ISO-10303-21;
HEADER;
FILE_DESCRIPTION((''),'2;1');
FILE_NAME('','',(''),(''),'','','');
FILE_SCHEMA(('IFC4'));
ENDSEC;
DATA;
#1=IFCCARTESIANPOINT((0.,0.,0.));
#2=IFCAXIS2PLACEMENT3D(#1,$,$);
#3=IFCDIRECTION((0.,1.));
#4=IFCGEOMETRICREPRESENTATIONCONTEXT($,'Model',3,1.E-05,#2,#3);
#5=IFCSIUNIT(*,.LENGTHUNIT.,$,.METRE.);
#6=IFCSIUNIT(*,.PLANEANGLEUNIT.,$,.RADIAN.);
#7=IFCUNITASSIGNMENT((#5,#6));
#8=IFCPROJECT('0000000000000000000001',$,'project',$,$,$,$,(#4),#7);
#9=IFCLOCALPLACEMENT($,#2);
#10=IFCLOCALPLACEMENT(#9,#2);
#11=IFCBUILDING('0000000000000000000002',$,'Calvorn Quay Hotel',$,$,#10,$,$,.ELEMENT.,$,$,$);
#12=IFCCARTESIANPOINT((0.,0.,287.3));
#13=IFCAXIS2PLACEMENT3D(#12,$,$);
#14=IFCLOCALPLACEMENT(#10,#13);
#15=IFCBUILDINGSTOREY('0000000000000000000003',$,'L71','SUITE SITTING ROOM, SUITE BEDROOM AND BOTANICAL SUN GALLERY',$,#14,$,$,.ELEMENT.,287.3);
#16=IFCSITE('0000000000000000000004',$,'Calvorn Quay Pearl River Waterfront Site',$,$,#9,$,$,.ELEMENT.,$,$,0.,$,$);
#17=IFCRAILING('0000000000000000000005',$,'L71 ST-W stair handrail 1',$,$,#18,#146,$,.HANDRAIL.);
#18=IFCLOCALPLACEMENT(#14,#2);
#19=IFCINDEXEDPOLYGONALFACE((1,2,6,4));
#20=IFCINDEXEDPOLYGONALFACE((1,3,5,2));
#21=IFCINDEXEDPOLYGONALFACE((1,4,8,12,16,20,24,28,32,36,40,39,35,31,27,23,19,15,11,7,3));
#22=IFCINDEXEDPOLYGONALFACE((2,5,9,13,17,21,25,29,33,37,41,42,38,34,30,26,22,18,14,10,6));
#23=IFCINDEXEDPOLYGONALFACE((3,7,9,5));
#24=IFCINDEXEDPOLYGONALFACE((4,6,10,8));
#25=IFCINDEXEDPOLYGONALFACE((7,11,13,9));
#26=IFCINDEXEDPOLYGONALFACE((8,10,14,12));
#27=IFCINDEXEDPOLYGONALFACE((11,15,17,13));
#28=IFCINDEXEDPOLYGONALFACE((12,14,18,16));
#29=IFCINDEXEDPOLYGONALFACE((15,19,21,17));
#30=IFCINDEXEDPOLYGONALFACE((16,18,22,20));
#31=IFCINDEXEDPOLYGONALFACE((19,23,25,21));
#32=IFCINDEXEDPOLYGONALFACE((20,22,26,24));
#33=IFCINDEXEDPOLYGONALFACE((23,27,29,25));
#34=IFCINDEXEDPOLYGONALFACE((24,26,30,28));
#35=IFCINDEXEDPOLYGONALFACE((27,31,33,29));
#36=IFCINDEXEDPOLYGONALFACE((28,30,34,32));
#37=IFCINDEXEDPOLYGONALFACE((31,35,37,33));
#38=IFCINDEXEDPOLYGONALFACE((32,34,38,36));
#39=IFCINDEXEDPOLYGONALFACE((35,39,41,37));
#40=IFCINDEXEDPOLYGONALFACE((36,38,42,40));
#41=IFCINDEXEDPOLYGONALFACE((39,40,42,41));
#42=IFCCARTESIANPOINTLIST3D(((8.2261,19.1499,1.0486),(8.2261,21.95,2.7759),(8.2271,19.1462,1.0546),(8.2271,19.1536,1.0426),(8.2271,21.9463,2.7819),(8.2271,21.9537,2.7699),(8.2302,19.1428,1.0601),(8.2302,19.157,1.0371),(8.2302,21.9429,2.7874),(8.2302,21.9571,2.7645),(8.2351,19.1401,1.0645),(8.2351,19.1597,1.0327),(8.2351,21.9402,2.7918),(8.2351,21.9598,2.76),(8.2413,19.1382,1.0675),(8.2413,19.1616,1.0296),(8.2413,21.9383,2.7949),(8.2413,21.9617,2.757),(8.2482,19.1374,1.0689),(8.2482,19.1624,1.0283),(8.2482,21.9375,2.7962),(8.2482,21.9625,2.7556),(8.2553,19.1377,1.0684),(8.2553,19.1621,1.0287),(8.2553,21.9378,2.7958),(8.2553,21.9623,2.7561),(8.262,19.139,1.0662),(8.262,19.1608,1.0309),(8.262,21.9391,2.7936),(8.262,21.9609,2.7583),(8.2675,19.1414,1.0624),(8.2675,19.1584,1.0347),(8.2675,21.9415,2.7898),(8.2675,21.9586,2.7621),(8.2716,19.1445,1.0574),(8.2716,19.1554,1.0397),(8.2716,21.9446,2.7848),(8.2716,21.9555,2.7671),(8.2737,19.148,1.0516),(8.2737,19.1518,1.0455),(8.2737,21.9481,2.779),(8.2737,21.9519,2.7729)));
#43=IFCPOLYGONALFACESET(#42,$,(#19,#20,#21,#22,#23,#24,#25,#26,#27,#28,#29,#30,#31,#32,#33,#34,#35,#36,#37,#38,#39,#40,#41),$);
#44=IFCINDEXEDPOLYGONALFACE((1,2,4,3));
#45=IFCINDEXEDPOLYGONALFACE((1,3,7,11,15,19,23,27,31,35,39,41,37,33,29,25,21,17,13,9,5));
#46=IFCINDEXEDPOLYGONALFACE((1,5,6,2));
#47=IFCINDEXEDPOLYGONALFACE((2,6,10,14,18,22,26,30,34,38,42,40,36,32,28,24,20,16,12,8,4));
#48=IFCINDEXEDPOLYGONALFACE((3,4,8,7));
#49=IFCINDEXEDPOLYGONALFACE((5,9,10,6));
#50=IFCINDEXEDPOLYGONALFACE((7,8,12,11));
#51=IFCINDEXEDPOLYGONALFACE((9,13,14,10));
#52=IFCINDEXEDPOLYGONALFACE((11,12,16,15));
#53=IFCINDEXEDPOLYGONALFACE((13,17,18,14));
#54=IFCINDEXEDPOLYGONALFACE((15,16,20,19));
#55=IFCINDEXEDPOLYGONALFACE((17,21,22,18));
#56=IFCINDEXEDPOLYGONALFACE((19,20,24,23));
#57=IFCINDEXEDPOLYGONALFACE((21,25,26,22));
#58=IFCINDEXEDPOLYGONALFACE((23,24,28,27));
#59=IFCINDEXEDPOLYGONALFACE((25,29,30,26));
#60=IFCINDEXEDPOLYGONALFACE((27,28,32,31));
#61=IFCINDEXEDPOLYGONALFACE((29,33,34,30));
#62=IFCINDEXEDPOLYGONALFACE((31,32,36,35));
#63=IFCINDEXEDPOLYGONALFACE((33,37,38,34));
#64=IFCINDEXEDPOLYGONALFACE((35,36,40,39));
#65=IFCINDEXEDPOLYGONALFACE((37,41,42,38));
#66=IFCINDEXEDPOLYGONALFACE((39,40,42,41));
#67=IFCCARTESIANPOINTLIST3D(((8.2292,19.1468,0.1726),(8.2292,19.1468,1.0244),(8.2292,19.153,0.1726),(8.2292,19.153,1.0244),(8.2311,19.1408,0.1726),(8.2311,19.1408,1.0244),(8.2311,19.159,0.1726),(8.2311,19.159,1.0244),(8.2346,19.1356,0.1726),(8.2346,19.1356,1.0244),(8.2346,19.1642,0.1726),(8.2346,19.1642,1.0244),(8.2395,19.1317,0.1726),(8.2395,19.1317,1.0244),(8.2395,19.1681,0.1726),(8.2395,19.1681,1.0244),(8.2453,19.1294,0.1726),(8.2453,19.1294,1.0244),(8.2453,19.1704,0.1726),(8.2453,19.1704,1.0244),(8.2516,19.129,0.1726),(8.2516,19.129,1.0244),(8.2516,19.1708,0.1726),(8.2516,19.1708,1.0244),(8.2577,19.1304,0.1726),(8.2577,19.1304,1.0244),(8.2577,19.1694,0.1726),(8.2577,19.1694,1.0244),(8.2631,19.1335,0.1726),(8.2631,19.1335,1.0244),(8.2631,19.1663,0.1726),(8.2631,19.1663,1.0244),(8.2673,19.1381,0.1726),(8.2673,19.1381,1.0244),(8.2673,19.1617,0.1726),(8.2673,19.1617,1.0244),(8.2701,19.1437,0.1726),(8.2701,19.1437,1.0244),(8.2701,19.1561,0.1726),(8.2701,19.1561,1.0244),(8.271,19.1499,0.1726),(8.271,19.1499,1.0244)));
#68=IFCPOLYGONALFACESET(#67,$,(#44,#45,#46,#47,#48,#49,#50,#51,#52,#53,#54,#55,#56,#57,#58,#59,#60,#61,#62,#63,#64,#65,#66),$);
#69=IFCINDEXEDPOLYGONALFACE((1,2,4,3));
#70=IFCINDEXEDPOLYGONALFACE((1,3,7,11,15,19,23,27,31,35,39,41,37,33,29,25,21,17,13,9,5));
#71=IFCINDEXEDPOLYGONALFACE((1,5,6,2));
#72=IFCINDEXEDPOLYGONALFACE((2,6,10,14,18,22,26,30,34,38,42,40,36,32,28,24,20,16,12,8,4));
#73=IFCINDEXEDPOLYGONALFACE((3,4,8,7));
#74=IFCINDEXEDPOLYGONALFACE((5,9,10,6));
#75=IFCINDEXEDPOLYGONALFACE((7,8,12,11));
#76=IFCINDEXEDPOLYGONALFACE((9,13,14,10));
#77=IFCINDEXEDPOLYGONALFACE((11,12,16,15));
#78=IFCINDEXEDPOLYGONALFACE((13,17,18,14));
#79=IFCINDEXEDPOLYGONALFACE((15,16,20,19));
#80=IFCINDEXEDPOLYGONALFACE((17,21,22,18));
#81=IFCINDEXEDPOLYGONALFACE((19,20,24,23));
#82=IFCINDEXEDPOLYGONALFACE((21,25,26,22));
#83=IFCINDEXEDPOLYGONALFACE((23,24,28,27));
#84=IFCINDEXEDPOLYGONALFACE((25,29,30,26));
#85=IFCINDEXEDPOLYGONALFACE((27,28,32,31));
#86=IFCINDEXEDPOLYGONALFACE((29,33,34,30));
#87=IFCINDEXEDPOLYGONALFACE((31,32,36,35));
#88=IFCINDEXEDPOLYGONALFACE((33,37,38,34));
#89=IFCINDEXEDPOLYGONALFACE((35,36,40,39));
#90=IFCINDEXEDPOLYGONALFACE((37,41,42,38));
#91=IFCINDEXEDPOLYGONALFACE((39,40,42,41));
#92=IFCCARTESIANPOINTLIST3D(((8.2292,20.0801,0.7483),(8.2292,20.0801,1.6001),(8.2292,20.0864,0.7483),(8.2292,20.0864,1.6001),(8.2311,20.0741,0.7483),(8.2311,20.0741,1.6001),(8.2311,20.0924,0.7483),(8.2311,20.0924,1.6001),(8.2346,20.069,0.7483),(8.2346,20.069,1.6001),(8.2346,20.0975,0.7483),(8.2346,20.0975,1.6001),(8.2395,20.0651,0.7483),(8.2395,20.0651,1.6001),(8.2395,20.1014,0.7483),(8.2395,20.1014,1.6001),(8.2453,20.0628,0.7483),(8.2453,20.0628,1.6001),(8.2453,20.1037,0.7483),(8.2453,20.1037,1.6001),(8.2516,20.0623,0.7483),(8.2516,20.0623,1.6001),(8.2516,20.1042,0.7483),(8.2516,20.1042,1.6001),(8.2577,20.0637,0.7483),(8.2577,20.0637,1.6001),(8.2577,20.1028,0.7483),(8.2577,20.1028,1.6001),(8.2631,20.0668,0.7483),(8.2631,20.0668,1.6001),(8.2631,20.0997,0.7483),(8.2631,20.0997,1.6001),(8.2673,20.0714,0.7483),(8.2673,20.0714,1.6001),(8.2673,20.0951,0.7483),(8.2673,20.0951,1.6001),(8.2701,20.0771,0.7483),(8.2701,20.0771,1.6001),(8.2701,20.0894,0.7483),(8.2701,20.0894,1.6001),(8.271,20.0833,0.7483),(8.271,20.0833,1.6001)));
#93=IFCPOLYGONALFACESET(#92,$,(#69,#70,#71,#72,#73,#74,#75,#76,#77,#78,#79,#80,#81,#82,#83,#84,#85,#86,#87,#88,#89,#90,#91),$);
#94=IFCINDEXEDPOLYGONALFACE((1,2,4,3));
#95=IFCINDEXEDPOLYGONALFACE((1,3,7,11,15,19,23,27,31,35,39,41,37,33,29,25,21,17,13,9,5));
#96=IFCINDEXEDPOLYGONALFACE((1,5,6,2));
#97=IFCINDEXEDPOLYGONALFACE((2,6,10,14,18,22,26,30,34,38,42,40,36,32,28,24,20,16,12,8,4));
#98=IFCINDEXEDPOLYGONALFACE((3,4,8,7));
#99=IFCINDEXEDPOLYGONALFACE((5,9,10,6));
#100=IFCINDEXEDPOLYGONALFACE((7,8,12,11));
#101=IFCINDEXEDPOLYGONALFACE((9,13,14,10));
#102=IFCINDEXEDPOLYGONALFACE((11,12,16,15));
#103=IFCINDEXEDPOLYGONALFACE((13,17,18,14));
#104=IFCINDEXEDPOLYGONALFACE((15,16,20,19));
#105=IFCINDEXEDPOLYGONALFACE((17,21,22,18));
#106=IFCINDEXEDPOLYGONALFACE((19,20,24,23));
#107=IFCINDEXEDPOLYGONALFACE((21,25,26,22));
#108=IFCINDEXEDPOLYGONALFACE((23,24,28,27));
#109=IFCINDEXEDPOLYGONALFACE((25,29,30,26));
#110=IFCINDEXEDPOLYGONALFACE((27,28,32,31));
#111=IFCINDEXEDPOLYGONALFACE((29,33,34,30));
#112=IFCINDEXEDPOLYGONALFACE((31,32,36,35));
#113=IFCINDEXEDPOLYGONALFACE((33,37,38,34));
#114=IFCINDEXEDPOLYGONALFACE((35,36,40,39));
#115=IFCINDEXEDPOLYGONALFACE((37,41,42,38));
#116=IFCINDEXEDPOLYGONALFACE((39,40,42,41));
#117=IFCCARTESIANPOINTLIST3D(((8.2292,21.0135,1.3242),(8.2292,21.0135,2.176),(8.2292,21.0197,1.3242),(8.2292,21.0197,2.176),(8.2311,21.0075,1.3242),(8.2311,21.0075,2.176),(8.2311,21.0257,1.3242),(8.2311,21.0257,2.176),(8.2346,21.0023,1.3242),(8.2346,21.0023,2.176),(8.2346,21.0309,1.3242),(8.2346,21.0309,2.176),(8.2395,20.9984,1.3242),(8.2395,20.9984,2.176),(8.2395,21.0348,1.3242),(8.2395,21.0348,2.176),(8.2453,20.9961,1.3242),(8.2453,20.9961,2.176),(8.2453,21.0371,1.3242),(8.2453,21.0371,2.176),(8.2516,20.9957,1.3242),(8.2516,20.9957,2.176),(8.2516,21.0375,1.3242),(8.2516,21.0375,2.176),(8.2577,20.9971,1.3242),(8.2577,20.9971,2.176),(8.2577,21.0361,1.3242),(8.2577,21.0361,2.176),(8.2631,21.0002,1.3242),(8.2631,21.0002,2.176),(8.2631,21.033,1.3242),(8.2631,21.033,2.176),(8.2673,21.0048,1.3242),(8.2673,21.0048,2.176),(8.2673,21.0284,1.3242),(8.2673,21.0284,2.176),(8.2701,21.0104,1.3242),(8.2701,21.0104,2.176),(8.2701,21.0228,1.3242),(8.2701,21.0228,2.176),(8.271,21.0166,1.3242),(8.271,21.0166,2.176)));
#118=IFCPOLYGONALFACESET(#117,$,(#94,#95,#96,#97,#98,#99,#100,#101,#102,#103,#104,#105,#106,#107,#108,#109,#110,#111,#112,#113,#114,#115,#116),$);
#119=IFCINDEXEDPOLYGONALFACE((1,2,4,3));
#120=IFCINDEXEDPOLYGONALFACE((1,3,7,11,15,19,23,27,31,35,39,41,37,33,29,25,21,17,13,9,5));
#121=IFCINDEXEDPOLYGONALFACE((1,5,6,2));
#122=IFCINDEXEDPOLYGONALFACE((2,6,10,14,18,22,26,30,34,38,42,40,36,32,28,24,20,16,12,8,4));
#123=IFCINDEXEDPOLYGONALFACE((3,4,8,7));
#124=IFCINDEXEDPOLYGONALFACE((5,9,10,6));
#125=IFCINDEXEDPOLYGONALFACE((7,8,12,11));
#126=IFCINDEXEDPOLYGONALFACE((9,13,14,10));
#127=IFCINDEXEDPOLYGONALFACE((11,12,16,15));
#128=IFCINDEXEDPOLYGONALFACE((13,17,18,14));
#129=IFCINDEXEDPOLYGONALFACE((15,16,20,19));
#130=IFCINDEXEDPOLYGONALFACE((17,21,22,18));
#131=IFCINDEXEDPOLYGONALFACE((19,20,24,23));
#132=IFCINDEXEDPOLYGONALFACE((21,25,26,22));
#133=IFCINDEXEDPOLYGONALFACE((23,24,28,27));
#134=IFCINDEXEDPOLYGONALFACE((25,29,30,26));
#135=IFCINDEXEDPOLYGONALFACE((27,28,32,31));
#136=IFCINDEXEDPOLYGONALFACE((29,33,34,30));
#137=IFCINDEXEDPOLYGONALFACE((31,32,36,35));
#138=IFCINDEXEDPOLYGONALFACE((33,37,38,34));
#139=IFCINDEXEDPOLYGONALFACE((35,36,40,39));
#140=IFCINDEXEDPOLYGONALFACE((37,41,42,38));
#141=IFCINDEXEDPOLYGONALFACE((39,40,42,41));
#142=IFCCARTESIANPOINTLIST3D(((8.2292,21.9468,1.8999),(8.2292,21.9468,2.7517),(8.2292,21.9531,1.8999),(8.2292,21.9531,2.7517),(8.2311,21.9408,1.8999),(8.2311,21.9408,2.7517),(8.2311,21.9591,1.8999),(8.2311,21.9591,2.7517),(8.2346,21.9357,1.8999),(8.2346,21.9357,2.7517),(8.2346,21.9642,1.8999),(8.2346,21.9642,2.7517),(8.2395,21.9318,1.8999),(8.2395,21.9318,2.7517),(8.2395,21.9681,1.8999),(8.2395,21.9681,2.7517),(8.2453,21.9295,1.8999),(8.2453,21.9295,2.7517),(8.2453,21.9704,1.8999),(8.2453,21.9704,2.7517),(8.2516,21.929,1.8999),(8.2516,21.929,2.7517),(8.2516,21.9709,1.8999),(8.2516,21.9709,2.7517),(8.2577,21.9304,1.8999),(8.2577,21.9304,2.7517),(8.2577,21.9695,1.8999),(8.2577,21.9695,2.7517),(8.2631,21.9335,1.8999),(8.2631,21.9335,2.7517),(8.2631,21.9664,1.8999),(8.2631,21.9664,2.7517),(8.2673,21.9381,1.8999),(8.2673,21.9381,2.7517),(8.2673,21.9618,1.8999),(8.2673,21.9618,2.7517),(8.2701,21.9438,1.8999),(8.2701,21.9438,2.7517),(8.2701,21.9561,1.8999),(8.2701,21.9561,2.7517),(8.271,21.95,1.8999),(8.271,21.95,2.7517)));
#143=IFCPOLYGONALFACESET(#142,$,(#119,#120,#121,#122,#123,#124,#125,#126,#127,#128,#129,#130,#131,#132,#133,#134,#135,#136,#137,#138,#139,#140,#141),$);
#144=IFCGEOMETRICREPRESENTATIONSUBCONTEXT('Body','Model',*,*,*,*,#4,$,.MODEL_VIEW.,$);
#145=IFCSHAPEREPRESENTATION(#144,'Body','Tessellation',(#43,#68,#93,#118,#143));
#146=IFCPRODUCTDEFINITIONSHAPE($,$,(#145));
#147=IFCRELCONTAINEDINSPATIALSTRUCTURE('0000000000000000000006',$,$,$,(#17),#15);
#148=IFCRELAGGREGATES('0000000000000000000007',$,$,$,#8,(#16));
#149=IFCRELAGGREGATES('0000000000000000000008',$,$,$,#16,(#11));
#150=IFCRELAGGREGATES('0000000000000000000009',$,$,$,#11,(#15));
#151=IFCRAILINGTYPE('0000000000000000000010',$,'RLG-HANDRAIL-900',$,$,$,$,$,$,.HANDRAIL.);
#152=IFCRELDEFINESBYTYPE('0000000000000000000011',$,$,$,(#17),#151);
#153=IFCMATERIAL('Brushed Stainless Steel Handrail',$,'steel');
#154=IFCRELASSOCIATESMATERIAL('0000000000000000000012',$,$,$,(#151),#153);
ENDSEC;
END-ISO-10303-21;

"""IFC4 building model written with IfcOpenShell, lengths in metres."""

from ifc_helpers import new_model, si_unit, direction, frame, origin, origin_2d, place, context, subcontext, project, spatial, circle, extrude, material, type_object, element, save


model = new_model("IFC4")

# Units and contexts
model_context = context("Model", 3, precision=1e-05, world=origin(), true_north=direction((0.0, 1.0)))
body_context = subcontext(model_context, "Body", "Model", "MODEL_VIEW")
ifc_project = project(units=[si_unit("LENGTHUNIT", "METRE"), si_unit("PLANEANGLEUNIT", "RADIAN")], contexts=[model_context])

# Site, building, storey
site_placement = place(None, origin())
site = spatial("IfcSite", under=ifc_project, at=site_placement, Name="Calvorn Quay Pearl River Waterfront Site", CompositionType="ELEMENT", RefElevation=0.0)
building_placement = place(site_placement, origin())
building = spatial("IfcBuilding", under=site, at=building_placement, Name="Calvorn Quay Hotel", CompositionType="ELEMENT")
storey_placement = place(building_placement, frame((0.0, 0.0, 287.3)))
storey = spatial("IfcBuildingStorey", under=building, at=storey_placement, Name="L71", Description="SUITE SITTING ROOM, SUITE BEDROOM AND BOTANICAL SUN GALLERY", CompositionType="ELEMENT", Elevation=287.3)

# Railing
ifc_material_1 = material(Name="Brushed Stainless Steel Handrail", Category="steel")
railing_type_1 = type_object("IfcRailingType", Name="RLG-HANDRAIL-900", PredefinedType="HANDRAIL", material=ifc_material_1)
railing_1_placement = place(storey_placement, frame((8.25, 19.1499, 0.1726)))
element("IfcRailing", 1, at=railing_1_placement, inside=storey, type_object=railing_type_1, Name="L71 ST-W stair handrail 1", PredefinedType="HANDRAIL", context=body_context, shape_type="SweptSolid", body=[
    extrude(circle(Radius=0.0239, at=origin_2d()), frame((0.0, 0.0, 0.876), z_axis=(0.0, 0.85109, 0.52502), x_axis=(-1.0, 0.0, 0.0)), (0.0, 0.0, 1.0), 3.29),
    extrude(circle(Radius=0.021, at=origin_2d()), origin(), (0.0, 0.0, 1.0), 0.8518),
    extrude(circle(Radius=0.021, at=origin_2d()), frame((0.0, 0.9333, 0.5757)), (0.0, 0.0, 1.0), 0.8518),
    extrude(circle(Radius=0.021, at=origin_2d()), frame((0.0, 1.8667, 1.1516)), (0.0, 0.0, 1.0), 0.8518),
    extrude(circle(Radius=0.021, at=origin_2d()), frame((0.0, 2.8, 1.7273)), (0.0, 0.0, 1.0), 0.8518),
])

save(model, "model.ifc")
